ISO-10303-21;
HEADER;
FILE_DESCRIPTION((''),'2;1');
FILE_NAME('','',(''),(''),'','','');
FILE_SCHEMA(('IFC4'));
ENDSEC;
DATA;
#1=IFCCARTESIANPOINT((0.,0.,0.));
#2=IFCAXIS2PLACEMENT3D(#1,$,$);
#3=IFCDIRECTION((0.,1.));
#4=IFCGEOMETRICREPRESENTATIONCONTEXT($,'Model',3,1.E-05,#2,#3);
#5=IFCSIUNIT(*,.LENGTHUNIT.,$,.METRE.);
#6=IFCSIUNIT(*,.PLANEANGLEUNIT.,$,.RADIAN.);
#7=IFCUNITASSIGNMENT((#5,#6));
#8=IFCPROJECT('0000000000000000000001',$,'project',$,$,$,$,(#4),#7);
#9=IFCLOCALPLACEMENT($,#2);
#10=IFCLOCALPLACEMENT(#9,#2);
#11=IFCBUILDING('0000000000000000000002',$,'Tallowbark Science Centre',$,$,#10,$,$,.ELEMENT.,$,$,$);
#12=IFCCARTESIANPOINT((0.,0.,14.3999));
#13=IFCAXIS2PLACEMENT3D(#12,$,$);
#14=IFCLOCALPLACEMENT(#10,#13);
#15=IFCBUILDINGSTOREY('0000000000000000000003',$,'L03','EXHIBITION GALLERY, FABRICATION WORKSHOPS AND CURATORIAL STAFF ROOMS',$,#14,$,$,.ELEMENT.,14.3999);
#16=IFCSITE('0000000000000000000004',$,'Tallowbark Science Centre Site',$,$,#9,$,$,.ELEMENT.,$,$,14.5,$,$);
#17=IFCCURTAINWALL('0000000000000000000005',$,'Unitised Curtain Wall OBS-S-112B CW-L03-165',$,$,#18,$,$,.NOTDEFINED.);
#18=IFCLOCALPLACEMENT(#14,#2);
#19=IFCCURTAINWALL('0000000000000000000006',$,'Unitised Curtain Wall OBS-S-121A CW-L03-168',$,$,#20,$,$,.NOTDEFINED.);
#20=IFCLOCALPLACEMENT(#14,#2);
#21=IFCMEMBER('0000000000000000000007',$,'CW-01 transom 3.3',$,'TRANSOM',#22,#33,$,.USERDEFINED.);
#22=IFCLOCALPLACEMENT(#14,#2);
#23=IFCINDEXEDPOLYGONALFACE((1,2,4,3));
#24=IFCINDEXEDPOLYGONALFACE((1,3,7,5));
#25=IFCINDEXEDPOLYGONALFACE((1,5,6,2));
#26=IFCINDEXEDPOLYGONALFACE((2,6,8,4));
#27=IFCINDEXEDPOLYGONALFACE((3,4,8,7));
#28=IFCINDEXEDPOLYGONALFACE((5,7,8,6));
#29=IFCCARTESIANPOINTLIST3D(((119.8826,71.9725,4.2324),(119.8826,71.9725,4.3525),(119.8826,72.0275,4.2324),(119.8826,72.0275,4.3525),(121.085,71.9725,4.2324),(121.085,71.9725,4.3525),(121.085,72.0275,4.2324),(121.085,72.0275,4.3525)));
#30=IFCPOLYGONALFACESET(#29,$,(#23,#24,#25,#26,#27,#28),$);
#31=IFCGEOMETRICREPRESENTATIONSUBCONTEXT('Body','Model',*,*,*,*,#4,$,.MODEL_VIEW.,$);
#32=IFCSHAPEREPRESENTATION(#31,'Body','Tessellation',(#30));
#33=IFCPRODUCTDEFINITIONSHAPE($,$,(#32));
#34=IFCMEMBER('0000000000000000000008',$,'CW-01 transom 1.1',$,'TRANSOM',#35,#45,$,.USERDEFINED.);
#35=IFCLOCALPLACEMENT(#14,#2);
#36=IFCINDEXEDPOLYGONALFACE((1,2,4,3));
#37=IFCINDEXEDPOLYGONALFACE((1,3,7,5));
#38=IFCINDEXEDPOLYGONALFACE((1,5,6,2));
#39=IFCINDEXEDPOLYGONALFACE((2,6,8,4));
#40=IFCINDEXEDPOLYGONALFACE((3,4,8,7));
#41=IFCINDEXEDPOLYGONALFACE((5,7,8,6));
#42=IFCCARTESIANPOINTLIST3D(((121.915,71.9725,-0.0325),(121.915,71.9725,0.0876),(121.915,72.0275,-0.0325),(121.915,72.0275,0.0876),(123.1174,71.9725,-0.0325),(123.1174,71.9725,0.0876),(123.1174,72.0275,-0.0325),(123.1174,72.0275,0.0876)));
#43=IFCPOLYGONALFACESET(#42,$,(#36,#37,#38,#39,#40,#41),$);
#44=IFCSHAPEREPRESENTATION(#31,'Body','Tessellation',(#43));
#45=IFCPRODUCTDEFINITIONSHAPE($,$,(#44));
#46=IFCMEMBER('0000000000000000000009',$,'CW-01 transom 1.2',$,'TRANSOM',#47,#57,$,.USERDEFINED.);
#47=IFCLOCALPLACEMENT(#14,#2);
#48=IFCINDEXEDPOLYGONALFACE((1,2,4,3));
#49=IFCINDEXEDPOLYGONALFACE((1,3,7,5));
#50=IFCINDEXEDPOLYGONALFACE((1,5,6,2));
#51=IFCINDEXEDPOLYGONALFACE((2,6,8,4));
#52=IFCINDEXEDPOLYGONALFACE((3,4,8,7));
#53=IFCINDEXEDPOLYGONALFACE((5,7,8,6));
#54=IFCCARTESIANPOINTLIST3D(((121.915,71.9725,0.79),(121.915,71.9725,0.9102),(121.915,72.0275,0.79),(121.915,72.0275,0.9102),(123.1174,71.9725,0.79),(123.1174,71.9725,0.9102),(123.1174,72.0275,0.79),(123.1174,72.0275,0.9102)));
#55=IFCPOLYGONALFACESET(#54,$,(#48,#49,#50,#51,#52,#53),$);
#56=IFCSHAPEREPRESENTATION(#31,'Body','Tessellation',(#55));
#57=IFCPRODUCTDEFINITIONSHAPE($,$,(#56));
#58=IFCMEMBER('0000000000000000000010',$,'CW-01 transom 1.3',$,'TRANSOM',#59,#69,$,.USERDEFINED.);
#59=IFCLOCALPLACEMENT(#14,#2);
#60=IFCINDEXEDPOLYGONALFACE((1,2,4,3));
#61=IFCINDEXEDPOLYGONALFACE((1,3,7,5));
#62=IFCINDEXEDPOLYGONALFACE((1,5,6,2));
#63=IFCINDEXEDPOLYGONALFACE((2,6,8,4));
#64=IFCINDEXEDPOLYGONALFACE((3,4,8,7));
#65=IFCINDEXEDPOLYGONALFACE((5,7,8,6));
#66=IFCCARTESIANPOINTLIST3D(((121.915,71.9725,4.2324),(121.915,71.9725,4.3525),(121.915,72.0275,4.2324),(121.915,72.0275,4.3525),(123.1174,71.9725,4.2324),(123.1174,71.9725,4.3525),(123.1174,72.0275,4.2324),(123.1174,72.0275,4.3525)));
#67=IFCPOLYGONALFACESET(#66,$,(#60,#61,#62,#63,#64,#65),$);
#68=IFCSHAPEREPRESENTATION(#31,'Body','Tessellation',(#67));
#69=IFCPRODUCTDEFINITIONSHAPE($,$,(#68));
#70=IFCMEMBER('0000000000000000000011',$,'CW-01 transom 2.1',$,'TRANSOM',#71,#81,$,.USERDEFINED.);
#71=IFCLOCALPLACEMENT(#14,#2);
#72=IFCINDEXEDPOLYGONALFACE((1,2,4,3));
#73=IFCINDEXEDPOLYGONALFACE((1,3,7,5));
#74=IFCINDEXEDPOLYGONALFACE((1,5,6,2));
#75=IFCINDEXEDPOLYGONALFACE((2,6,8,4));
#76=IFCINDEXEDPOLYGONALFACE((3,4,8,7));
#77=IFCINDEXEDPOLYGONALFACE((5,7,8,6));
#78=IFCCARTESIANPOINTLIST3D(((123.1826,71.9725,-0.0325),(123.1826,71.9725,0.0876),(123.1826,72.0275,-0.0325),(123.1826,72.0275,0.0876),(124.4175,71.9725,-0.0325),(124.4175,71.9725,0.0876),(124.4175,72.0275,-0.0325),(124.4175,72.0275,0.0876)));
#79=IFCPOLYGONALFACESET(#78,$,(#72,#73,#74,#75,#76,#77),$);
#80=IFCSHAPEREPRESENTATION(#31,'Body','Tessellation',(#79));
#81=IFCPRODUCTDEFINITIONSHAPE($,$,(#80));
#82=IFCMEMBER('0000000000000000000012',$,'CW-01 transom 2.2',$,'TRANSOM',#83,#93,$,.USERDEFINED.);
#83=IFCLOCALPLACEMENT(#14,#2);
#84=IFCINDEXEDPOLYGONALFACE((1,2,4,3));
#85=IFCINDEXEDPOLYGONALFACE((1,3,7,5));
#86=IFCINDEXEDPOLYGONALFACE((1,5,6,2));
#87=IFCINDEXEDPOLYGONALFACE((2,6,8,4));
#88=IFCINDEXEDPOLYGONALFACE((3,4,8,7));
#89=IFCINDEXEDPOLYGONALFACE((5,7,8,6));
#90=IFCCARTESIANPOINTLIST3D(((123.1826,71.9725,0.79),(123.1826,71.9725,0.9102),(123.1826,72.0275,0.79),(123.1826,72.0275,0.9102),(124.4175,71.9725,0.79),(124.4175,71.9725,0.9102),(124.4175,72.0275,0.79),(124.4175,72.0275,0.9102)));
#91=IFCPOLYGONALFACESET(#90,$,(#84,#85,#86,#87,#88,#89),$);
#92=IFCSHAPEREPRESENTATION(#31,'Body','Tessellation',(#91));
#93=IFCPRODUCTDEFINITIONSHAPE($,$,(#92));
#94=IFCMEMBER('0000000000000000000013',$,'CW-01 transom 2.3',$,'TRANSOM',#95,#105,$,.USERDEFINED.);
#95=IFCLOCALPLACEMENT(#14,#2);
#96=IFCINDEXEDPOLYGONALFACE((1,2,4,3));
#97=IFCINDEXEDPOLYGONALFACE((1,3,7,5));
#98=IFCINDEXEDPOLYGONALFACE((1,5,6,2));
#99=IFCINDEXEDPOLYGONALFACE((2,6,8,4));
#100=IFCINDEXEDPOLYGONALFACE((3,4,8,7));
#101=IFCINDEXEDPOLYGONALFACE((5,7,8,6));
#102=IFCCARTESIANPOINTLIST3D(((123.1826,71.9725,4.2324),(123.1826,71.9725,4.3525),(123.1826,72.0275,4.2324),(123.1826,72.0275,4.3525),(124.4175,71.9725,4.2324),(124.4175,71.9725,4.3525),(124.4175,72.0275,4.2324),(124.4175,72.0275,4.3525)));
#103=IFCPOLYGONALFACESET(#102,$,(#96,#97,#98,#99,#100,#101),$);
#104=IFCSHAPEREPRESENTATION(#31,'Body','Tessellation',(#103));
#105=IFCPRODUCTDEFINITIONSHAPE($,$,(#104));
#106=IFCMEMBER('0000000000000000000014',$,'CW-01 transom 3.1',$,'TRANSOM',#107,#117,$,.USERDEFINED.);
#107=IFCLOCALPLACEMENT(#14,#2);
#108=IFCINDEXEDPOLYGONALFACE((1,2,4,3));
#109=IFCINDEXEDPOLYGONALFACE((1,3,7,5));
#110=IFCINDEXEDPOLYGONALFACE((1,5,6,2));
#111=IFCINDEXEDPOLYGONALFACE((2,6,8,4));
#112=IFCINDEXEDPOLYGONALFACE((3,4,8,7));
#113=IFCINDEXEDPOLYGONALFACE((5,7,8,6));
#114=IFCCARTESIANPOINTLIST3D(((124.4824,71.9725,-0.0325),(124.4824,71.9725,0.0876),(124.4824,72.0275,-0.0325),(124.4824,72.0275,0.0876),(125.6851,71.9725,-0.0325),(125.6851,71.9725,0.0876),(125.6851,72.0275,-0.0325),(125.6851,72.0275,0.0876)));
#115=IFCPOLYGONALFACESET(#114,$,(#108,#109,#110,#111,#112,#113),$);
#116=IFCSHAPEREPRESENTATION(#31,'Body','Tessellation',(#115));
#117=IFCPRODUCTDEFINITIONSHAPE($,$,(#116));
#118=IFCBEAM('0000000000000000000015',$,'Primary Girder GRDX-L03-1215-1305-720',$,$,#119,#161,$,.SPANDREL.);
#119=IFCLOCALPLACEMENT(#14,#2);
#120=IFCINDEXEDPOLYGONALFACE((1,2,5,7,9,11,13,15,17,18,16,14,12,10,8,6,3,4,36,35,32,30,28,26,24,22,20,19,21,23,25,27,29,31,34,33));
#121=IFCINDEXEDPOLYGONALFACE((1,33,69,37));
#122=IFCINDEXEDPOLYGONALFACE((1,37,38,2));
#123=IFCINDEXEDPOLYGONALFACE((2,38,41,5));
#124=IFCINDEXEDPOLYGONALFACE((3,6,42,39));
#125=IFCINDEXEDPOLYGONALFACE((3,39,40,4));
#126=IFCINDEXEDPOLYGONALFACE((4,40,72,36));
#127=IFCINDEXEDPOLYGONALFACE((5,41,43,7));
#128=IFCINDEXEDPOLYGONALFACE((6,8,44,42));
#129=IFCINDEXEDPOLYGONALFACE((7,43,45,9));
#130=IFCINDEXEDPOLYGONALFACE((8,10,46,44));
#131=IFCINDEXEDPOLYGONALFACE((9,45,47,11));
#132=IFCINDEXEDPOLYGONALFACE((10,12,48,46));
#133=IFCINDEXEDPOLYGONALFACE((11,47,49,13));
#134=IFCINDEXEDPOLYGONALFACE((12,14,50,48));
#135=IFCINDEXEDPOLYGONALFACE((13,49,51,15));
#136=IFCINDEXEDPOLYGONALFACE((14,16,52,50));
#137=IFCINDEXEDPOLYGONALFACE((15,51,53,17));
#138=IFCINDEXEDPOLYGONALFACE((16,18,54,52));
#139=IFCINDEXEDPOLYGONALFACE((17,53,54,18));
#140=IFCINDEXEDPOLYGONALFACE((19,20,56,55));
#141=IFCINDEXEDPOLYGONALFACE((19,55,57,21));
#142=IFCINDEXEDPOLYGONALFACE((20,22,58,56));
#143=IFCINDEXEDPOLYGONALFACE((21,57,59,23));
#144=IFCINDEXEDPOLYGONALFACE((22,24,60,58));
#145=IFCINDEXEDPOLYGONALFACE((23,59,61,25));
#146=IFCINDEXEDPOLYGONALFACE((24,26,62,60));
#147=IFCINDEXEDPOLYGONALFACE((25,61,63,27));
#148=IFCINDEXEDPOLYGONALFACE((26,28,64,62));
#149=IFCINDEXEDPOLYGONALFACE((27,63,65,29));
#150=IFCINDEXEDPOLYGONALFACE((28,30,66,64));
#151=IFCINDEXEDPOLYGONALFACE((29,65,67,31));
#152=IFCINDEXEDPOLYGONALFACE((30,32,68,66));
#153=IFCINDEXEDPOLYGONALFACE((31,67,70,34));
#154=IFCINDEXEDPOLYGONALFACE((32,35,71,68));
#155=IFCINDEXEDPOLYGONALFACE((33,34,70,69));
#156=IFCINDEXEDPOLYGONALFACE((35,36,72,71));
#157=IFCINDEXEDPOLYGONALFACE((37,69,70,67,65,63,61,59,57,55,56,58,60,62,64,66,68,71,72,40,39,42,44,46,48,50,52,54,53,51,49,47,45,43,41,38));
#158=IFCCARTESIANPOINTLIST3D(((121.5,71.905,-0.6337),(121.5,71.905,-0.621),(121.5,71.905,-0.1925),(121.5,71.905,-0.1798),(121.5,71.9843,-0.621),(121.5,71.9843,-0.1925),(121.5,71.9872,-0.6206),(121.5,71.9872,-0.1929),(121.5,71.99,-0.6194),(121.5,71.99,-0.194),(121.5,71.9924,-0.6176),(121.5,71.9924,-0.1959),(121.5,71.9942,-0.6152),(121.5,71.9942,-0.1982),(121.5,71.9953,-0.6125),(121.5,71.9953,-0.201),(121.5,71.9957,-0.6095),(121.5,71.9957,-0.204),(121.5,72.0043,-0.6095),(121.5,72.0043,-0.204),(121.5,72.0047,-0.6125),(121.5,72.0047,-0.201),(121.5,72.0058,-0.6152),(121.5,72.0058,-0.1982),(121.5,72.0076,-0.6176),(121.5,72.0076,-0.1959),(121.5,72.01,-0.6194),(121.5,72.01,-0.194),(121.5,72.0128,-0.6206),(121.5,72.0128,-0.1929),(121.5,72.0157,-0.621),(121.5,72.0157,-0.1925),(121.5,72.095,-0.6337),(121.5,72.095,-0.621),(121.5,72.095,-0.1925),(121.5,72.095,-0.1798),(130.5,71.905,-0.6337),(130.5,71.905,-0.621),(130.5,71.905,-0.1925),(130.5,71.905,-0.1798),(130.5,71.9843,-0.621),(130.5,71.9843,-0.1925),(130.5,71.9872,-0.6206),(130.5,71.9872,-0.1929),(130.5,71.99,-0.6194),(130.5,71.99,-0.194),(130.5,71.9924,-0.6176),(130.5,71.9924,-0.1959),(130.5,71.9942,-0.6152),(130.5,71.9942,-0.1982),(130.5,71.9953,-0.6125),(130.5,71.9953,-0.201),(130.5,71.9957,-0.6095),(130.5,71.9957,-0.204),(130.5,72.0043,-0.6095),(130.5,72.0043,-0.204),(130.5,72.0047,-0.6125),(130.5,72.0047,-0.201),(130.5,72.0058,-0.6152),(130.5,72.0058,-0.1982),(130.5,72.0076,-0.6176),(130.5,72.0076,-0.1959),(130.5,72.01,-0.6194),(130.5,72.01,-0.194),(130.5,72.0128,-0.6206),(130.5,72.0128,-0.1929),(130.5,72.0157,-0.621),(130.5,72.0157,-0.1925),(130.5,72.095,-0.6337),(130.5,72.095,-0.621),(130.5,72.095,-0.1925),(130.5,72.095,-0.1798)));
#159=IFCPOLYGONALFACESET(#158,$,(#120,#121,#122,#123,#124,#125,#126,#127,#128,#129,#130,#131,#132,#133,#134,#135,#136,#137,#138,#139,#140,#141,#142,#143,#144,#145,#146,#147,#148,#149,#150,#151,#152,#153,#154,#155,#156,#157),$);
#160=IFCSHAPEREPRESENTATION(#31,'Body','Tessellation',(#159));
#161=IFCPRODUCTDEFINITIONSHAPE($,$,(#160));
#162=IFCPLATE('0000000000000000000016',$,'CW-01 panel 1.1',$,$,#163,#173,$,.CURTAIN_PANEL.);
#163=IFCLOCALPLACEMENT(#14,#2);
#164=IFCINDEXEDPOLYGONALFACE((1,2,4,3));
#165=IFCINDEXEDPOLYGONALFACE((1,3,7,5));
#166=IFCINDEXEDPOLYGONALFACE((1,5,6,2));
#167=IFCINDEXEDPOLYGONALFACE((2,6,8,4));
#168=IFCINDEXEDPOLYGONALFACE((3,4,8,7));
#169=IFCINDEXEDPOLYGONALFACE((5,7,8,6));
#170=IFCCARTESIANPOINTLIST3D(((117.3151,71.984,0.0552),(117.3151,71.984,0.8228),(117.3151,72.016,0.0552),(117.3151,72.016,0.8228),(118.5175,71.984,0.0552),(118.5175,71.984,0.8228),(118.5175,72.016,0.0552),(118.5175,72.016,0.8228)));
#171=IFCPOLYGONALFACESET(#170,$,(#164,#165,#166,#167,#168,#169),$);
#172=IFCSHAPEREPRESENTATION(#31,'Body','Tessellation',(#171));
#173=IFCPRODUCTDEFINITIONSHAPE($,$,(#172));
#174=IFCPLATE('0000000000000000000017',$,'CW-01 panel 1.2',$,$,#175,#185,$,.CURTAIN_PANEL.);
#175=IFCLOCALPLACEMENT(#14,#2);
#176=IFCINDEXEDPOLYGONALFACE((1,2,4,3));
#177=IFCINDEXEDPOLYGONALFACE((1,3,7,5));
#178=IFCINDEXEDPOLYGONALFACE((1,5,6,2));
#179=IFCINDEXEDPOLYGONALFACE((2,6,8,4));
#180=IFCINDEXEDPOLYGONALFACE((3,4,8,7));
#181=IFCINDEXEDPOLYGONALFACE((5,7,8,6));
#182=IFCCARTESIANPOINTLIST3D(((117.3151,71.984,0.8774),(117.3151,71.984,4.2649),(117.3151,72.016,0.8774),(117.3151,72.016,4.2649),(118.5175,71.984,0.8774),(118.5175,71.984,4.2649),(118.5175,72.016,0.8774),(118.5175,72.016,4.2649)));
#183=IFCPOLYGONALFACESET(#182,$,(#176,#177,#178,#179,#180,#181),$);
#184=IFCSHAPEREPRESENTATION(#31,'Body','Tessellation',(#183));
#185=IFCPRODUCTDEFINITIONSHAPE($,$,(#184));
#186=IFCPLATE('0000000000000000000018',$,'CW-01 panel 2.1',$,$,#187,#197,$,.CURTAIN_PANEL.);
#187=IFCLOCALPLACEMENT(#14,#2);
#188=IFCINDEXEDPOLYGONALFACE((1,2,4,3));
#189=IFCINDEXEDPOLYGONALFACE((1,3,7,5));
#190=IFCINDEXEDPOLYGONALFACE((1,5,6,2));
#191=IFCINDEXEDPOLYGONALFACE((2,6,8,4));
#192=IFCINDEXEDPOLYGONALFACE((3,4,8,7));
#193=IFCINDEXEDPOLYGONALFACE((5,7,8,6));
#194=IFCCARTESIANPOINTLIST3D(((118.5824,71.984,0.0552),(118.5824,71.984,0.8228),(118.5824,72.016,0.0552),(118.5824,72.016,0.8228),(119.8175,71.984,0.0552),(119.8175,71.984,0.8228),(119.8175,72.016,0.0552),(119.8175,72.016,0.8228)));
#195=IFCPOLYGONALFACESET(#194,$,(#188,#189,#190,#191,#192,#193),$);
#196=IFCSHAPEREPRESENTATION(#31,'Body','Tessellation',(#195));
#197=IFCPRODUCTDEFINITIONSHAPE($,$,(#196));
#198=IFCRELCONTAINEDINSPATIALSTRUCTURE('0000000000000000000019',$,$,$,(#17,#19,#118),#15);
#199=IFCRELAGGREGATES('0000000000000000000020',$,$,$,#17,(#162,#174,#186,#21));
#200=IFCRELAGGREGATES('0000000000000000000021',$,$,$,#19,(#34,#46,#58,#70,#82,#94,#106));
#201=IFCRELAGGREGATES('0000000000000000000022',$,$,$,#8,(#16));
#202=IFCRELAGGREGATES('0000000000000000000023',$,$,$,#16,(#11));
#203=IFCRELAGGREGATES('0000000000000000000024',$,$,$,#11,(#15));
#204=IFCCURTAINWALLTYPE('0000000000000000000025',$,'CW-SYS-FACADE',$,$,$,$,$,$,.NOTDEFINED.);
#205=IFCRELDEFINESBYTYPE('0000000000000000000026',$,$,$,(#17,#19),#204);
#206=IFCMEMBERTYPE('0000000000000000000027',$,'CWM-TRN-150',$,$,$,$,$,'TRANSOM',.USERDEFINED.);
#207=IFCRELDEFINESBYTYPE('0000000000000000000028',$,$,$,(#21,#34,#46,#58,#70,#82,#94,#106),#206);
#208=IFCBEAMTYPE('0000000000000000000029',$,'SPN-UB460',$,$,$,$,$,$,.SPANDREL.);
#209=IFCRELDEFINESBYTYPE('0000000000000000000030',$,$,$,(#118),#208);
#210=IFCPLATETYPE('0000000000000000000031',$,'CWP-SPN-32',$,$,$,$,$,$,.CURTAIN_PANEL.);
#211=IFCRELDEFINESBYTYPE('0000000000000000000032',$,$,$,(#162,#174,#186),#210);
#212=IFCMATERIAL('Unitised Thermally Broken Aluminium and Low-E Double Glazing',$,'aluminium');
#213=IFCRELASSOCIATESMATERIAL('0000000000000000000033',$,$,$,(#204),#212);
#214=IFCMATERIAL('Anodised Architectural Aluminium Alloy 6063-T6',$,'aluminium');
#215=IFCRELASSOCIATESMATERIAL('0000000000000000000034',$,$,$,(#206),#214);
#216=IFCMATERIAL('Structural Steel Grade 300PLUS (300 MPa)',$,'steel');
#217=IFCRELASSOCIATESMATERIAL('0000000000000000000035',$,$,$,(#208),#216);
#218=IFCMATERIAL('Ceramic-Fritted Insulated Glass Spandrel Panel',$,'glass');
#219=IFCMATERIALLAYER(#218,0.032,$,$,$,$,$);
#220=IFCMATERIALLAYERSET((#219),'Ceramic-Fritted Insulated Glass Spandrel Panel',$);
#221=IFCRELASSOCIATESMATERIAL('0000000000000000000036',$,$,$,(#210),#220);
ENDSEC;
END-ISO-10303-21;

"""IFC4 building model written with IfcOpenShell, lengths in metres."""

from ifc_helpers import new_model, si_unit, direction, frame, origin, origin_2d, place, context, subcontext, project, spatial, rectangle, i_section, extrude, material, layer, layer_set, material_profile, profile_set, type_object, element, aggregate, save


model = new_model("IFC4")

# Units and contexts
model_context = context("Model", 3, precision=1e-05, world=origin(), true_north=direction((0.0, 1.0)))
body_context = subcontext(model_context, "Body", "Model", "MODEL_VIEW")
ifc_project = project(units=[si_unit("LENGTHUNIT", "METRE"), si_unit("PLANEANGLEUNIT", "RADIAN")], contexts=[model_context])

# Site, building, storey
site_placement = place(None, origin())
site = spatial("IfcSite", under=ifc_project, at=site_placement, Name="Tallowbark Science Centre Site", CompositionType="ELEMENT", RefElevation=14.5)
building_placement = place(site_placement, origin())
building = spatial("IfcBuilding", under=site, at=building_placement, Name="Tallowbark Science Centre", CompositionType="ELEMENT")
storey_placement = place(building_placement, frame((0.0, 0.0, 14.3999)))
storey = spatial("IfcBuildingStorey", under=building, at=storey_placement, Name="L03", Description="EXHIBITION GALLERY, FABRICATION WORKSHOPS AND CURATORIAL STAFF ROOMS", CompositionType="ELEMENT", Elevation=14.3999)

# Shared definitions
ifc_material_1 = material(Name="Structural Steel Grade 300PLUS (300 MPa)", Category="steel")

# Curtain walls
ifc_material_2 = material(Name="Unitised Thermally Broken Aluminium and Low-E Double Glazing", Category="aluminium")
curtain_wall_type = type_object("IfcCurtainWallType", Name="CW-SYS-FACADE", PredefinedType="NOTDEFINED", material=ifc_material_2)
curtain_wall_1_placement = place(storey_placement, origin())
curtain_wall_1 = element("IfcCurtainWall", 1, at=curtain_wall_1_placement, inside=storey, type_object=curtain_wall_type, Name="Unitised Curtain Wall OBS-S-112B CW-L03-165", PredefinedType="NOTDEFINED")
ifc_material_3 = material(Name="Anodised Architectural Aluminium Alloy 6063-T6", Category="aluminium")
curtain_wall_2_placement = place(storey_placement, origin())
curtain_wall_2 = element("IfcCurtainWall", 2, at=curtain_wall_2_placement, inside=storey, type_object=curtain_wall_type, Name="Unitised Curtain Wall OBS-S-121A CW-L03-168", PredefinedType="NOTDEFINED")

# Members
ifc_material_profile_1 = material_profile(ifc_material_3, rectangle(XDim=0.0549, YDim=0.1201, at=origin_2d()), Name="ALU55x120")
ifc_profile_set_1 = profile_set([ifc_material_profile_1], Name="Anodised Architectural Aluminium Alloy 6063-T6")
member_type_1 = type_object("IfcMemberType", Name="CWM-TRN-150", ElementType="TRANSOM", PredefinedType="USERDEFINED", material=ifc_profile_set_1)
member_1_placement = place(storey_placement, frame((119.8826, 72.0, 4.2925), z_axis=(1.0, 0.0, 0.0), x_axis=(0.0, 1.0, 0.0)))
member_1 = element("IfcMember", 3, at=member_1_placement, type_object=member_type_1, Name="CW-01 transom 3.3", ObjectType="TRANSOM", PredefinedType="USERDEFINED", context=body_context, shape_type="SweptSolid", body=[
    extrude(rectangle(XDim=0.0549, YDim=0.1201, at=origin_2d()), origin(), (0.0, 0.0, 1.0), 1.2024),
])
member_2_placement = place(storey_placement, frame((121.915, 72.0, 0.0276), z_axis=(1.0, 0.0, 0.0), x_axis=(0.0, 1.0, 0.0)))
member_2 = element("IfcMember", 4, at=member_2_placement, type_object=member_type_1, Name="CW-01 transom 1.1", ObjectType="TRANSOM", PredefinedType="USERDEFINED", context=body_context, shape_type="SweptSolid", body=[
    extrude(rectangle(XDim=0.0549, YDim=0.1201, at=origin_2d()), origin(), (0.0, 0.0, 1.0), 1.2024),
])
member_3_placement = place(storey_placement, frame((121.915, 72.0, 0.8501), z_axis=(1.0, 0.0, 0.0), x_axis=(0.0, 1.0, 0.0)))
member_3 = element("IfcMember", 5, at=member_3_placement, type_object=member_type_1, Name="CW-01 transom 1.2", ObjectType="TRANSOM", PredefinedType="USERDEFINED", context=body_context, shape_type="SweptSolid", body=[
    extrude(rectangle(XDim=0.0549, YDim=0.1201, at=origin_2d()), origin(), (0.0, 0.0, 1.0), 1.2024),
])
member_4_placement = place(storey_placement, frame((121.915, 72.0, 4.2925), z_axis=(1.0, 0.0, 0.0), x_axis=(0.0, 1.0, 0.0)))
member_4 = element("IfcMember", 6, at=member_4_placement, type_object=member_type_1, Name="CW-01 transom 1.3", ObjectType="TRANSOM", PredefinedType="USERDEFINED", context=body_context, shape_type="SweptSolid", body=[
    extrude(rectangle(XDim=0.0549, YDim=0.1201, at=origin_2d()), origin(), (0.0, 0.0, 1.0), 1.2024),
])
member_5_placement = place(storey_placement, frame((123.1826, 72.0, 0.0276), z_axis=(1.0, 0.0, 0.0), x_axis=(0.0, 1.0, 0.0)))
member_5 = element("IfcMember", 7, at=member_5_placement, type_object=member_type_1, Name="CW-01 transom 2.1", ObjectType="TRANSOM", PredefinedType="USERDEFINED", context=body_context, shape_type="SweptSolid", body=[
    extrude(rectangle(XDim=0.0549, YDim=0.1201, at=origin_2d()), origin(), (0.0, 0.0, 1.0), 1.2349),
])
member_6_placement = place(storey_placement, frame((123.1826, 72.0, 0.8501), z_axis=(1.0, 0.0, 0.0), x_axis=(0.0, 1.0, 0.0)))
member_6 = element("IfcMember", 8, at=member_6_placement, type_object=member_type_1, Name="CW-01 transom 2.2", ObjectType="TRANSOM", PredefinedType="USERDEFINED", context=body_context, shape_type="SweptSolid", body=[
    extrude(rectangle(XDim=0.0549, YDim=0.1201, at=origin_2d()), origin(), (0.0, 0.0, 1.0), 1.2349),
])
member_7_placement = place(storey_placement, frame((123.1826, 72.0, 4.2925), z_axis=(1.0, 0.0, 0.0), x_axis=(0.0, 1.0, 0.0)))
member_7 = element("IfcMember", 9, at=member_7_placement, type_object=member_type_1, Name="CW-01 transom 2.3", ObjectType="TRANSOM", PredefinedType="USERDEFINED", context=body_context, shape_type="SweptSolid", body=[
    extrude(rectangle(XDim=0.0549, YDim=0.1201, at=origin_2d()), origin(), (0.0, 0.0, 1.0), 1.2349),
])
member_8_placement = place(storey_placement, frame((124.4824, 72.0, 0.0276), z_axis=(1.0, 0.0, 0.0), x_axis=(0.0, 1.0, 0.0)))
member_8 = element("IfcMember", 10, at=member_8_placement, type_object=member_type_1, Name="CW-01 transom 3.1", ObjectType="TRANSOM", PredefinedType="USERDEFINED", context=body_context, shape_type="SweptSolid", body=[
    extrude(rectangle(XDim=0.0549, YDim=0.1201, at=origin_2d()), origin(), (0.0, 0.0, 1.0), 1.2026),
])

# Beam
ifc_material_profile_2 = material_profile(ifc_material_1, i_section(OverallWidth=0.1899, OverallDepth=0.4539, WebThickness=0.0085, FlangeThickness=0.0127, FilletRadius=0.0115, at=origin_2d()), Name="460UB67.1")
ifc_profile_set_2 = profile_set([ifc_material_profile_2], Name="Structural Steel Grade 300PLUS (300 MPa)")
beam_type = type_object("IfcBeamType", Name="SPN-UB460", PredefinedType="SPANDREL", material=ifc_profile_set_2)
beam_placement = place(storey_placement, frame((121.5, 72.0, -0.4067), z_axis=(1.0, 0.0, 0.0), x_axis=(0.0, 1.0, 0.0)))
element("IfcBeam", 11, at=beam_placement, inside=storey, type_object=beam_type, Name="Primary Girder GRDX-L03-1215-1305-720", PredefinedType="SPANDREL", context=body_context, shape_type="SweptSolid", body=[
    extrude(i_section(OverallWidth=0.1899, OverallDepth=0.4539, WebThickness=0.0085, FlangeThickness=0.0127, FilletRadius=0.0115, at=origin_2d()), origin(), (0.0, 0.0, 1.0), 9.0),
])

# Plates
ifc_material_4 = material(Name="Ceramic-Fritted Insulated Glass Spandrel Panel", Category="glass")
ifc_layer_1 = layer(ifc_material_4, 0.032)
ifc_layer_set_1 = layer_set([ifc_layer_1], Name="Ceramic-Fritted Insulated Glass Spandrel Panel")
plate_type = type_object("IfcPlateType", Name="CWP-SPN-32", PredefinedType="CURTAIN_PANEL", material=ifc_layer_set_1)
plate_1_placement = place(storey_placement, frame((117.9163, 72.0, 0.0552), z_axis=(0.0, 0.0, 1.0), x_axis=(1.0, 0.0, 0.0)))
plate_1 = element("IfcPlate", 12, at=plate_1_placement, type_object=plate_type, Name="CW-01 panel 1.1", PredefinedType="CURTAIN_PANEL", context=body_context, shape_type="SweptSolid", body=[
    extrude(rectangle(XDim=1.2024, YDim=0.032, at=origin_2d()), origin(), (0.0, 0.0, 1.0), 0.7676),
])
plate_2_placement = place(storey_placement, frame((117.9163, 72.0, 0.8774), z_axis=(0.0, 0.0, 1.0), x_axis=(1.0, 0.0, 0.0)))
plate_2 = element("IfcPlate", 13, at=plate_2_placement, type_object=plate_type, Name="CW-01 panel 1.2", PredefinedType="CURTAIN_PANEL", context=body_context, shape_type="SweptSolid", body=[
    extrude(rectangle(XDim=1.2024, YDim=0.032, at=origin_2d()), origin(), (0.0, 0.0, 1.0), 3.3875),
])
plate_3_placement = place(storey_placement, frame((119.2, 72.0, 0.0552), z_axis=(0.0, 0.0, 1.0), x_axis=(1.0, 0.0, 0.0)))
plate_3 = element("IfcPlate", 14, at=plate_3_placement, type_object=plate_type, Name="CW-01 panel 2.1", PredefinedType="CURTAIN_PANEL", context=body_context, shape_type="SweptSolid", body=[
    extrude(rectangle(XDim=1.2351, YDim=0.032, at=origin_2d()), origin(), (0.0, 0.0, 1.0), 0.7676),
])
aggregate(curtain_wall_1, [plate_1, plate_2, plate_3, member_1])
aggregate(curtain_wall_2, [member_2, member_3, member_4, member_5, member_6, member_7, member_8])

save(model, "model.ifc")
